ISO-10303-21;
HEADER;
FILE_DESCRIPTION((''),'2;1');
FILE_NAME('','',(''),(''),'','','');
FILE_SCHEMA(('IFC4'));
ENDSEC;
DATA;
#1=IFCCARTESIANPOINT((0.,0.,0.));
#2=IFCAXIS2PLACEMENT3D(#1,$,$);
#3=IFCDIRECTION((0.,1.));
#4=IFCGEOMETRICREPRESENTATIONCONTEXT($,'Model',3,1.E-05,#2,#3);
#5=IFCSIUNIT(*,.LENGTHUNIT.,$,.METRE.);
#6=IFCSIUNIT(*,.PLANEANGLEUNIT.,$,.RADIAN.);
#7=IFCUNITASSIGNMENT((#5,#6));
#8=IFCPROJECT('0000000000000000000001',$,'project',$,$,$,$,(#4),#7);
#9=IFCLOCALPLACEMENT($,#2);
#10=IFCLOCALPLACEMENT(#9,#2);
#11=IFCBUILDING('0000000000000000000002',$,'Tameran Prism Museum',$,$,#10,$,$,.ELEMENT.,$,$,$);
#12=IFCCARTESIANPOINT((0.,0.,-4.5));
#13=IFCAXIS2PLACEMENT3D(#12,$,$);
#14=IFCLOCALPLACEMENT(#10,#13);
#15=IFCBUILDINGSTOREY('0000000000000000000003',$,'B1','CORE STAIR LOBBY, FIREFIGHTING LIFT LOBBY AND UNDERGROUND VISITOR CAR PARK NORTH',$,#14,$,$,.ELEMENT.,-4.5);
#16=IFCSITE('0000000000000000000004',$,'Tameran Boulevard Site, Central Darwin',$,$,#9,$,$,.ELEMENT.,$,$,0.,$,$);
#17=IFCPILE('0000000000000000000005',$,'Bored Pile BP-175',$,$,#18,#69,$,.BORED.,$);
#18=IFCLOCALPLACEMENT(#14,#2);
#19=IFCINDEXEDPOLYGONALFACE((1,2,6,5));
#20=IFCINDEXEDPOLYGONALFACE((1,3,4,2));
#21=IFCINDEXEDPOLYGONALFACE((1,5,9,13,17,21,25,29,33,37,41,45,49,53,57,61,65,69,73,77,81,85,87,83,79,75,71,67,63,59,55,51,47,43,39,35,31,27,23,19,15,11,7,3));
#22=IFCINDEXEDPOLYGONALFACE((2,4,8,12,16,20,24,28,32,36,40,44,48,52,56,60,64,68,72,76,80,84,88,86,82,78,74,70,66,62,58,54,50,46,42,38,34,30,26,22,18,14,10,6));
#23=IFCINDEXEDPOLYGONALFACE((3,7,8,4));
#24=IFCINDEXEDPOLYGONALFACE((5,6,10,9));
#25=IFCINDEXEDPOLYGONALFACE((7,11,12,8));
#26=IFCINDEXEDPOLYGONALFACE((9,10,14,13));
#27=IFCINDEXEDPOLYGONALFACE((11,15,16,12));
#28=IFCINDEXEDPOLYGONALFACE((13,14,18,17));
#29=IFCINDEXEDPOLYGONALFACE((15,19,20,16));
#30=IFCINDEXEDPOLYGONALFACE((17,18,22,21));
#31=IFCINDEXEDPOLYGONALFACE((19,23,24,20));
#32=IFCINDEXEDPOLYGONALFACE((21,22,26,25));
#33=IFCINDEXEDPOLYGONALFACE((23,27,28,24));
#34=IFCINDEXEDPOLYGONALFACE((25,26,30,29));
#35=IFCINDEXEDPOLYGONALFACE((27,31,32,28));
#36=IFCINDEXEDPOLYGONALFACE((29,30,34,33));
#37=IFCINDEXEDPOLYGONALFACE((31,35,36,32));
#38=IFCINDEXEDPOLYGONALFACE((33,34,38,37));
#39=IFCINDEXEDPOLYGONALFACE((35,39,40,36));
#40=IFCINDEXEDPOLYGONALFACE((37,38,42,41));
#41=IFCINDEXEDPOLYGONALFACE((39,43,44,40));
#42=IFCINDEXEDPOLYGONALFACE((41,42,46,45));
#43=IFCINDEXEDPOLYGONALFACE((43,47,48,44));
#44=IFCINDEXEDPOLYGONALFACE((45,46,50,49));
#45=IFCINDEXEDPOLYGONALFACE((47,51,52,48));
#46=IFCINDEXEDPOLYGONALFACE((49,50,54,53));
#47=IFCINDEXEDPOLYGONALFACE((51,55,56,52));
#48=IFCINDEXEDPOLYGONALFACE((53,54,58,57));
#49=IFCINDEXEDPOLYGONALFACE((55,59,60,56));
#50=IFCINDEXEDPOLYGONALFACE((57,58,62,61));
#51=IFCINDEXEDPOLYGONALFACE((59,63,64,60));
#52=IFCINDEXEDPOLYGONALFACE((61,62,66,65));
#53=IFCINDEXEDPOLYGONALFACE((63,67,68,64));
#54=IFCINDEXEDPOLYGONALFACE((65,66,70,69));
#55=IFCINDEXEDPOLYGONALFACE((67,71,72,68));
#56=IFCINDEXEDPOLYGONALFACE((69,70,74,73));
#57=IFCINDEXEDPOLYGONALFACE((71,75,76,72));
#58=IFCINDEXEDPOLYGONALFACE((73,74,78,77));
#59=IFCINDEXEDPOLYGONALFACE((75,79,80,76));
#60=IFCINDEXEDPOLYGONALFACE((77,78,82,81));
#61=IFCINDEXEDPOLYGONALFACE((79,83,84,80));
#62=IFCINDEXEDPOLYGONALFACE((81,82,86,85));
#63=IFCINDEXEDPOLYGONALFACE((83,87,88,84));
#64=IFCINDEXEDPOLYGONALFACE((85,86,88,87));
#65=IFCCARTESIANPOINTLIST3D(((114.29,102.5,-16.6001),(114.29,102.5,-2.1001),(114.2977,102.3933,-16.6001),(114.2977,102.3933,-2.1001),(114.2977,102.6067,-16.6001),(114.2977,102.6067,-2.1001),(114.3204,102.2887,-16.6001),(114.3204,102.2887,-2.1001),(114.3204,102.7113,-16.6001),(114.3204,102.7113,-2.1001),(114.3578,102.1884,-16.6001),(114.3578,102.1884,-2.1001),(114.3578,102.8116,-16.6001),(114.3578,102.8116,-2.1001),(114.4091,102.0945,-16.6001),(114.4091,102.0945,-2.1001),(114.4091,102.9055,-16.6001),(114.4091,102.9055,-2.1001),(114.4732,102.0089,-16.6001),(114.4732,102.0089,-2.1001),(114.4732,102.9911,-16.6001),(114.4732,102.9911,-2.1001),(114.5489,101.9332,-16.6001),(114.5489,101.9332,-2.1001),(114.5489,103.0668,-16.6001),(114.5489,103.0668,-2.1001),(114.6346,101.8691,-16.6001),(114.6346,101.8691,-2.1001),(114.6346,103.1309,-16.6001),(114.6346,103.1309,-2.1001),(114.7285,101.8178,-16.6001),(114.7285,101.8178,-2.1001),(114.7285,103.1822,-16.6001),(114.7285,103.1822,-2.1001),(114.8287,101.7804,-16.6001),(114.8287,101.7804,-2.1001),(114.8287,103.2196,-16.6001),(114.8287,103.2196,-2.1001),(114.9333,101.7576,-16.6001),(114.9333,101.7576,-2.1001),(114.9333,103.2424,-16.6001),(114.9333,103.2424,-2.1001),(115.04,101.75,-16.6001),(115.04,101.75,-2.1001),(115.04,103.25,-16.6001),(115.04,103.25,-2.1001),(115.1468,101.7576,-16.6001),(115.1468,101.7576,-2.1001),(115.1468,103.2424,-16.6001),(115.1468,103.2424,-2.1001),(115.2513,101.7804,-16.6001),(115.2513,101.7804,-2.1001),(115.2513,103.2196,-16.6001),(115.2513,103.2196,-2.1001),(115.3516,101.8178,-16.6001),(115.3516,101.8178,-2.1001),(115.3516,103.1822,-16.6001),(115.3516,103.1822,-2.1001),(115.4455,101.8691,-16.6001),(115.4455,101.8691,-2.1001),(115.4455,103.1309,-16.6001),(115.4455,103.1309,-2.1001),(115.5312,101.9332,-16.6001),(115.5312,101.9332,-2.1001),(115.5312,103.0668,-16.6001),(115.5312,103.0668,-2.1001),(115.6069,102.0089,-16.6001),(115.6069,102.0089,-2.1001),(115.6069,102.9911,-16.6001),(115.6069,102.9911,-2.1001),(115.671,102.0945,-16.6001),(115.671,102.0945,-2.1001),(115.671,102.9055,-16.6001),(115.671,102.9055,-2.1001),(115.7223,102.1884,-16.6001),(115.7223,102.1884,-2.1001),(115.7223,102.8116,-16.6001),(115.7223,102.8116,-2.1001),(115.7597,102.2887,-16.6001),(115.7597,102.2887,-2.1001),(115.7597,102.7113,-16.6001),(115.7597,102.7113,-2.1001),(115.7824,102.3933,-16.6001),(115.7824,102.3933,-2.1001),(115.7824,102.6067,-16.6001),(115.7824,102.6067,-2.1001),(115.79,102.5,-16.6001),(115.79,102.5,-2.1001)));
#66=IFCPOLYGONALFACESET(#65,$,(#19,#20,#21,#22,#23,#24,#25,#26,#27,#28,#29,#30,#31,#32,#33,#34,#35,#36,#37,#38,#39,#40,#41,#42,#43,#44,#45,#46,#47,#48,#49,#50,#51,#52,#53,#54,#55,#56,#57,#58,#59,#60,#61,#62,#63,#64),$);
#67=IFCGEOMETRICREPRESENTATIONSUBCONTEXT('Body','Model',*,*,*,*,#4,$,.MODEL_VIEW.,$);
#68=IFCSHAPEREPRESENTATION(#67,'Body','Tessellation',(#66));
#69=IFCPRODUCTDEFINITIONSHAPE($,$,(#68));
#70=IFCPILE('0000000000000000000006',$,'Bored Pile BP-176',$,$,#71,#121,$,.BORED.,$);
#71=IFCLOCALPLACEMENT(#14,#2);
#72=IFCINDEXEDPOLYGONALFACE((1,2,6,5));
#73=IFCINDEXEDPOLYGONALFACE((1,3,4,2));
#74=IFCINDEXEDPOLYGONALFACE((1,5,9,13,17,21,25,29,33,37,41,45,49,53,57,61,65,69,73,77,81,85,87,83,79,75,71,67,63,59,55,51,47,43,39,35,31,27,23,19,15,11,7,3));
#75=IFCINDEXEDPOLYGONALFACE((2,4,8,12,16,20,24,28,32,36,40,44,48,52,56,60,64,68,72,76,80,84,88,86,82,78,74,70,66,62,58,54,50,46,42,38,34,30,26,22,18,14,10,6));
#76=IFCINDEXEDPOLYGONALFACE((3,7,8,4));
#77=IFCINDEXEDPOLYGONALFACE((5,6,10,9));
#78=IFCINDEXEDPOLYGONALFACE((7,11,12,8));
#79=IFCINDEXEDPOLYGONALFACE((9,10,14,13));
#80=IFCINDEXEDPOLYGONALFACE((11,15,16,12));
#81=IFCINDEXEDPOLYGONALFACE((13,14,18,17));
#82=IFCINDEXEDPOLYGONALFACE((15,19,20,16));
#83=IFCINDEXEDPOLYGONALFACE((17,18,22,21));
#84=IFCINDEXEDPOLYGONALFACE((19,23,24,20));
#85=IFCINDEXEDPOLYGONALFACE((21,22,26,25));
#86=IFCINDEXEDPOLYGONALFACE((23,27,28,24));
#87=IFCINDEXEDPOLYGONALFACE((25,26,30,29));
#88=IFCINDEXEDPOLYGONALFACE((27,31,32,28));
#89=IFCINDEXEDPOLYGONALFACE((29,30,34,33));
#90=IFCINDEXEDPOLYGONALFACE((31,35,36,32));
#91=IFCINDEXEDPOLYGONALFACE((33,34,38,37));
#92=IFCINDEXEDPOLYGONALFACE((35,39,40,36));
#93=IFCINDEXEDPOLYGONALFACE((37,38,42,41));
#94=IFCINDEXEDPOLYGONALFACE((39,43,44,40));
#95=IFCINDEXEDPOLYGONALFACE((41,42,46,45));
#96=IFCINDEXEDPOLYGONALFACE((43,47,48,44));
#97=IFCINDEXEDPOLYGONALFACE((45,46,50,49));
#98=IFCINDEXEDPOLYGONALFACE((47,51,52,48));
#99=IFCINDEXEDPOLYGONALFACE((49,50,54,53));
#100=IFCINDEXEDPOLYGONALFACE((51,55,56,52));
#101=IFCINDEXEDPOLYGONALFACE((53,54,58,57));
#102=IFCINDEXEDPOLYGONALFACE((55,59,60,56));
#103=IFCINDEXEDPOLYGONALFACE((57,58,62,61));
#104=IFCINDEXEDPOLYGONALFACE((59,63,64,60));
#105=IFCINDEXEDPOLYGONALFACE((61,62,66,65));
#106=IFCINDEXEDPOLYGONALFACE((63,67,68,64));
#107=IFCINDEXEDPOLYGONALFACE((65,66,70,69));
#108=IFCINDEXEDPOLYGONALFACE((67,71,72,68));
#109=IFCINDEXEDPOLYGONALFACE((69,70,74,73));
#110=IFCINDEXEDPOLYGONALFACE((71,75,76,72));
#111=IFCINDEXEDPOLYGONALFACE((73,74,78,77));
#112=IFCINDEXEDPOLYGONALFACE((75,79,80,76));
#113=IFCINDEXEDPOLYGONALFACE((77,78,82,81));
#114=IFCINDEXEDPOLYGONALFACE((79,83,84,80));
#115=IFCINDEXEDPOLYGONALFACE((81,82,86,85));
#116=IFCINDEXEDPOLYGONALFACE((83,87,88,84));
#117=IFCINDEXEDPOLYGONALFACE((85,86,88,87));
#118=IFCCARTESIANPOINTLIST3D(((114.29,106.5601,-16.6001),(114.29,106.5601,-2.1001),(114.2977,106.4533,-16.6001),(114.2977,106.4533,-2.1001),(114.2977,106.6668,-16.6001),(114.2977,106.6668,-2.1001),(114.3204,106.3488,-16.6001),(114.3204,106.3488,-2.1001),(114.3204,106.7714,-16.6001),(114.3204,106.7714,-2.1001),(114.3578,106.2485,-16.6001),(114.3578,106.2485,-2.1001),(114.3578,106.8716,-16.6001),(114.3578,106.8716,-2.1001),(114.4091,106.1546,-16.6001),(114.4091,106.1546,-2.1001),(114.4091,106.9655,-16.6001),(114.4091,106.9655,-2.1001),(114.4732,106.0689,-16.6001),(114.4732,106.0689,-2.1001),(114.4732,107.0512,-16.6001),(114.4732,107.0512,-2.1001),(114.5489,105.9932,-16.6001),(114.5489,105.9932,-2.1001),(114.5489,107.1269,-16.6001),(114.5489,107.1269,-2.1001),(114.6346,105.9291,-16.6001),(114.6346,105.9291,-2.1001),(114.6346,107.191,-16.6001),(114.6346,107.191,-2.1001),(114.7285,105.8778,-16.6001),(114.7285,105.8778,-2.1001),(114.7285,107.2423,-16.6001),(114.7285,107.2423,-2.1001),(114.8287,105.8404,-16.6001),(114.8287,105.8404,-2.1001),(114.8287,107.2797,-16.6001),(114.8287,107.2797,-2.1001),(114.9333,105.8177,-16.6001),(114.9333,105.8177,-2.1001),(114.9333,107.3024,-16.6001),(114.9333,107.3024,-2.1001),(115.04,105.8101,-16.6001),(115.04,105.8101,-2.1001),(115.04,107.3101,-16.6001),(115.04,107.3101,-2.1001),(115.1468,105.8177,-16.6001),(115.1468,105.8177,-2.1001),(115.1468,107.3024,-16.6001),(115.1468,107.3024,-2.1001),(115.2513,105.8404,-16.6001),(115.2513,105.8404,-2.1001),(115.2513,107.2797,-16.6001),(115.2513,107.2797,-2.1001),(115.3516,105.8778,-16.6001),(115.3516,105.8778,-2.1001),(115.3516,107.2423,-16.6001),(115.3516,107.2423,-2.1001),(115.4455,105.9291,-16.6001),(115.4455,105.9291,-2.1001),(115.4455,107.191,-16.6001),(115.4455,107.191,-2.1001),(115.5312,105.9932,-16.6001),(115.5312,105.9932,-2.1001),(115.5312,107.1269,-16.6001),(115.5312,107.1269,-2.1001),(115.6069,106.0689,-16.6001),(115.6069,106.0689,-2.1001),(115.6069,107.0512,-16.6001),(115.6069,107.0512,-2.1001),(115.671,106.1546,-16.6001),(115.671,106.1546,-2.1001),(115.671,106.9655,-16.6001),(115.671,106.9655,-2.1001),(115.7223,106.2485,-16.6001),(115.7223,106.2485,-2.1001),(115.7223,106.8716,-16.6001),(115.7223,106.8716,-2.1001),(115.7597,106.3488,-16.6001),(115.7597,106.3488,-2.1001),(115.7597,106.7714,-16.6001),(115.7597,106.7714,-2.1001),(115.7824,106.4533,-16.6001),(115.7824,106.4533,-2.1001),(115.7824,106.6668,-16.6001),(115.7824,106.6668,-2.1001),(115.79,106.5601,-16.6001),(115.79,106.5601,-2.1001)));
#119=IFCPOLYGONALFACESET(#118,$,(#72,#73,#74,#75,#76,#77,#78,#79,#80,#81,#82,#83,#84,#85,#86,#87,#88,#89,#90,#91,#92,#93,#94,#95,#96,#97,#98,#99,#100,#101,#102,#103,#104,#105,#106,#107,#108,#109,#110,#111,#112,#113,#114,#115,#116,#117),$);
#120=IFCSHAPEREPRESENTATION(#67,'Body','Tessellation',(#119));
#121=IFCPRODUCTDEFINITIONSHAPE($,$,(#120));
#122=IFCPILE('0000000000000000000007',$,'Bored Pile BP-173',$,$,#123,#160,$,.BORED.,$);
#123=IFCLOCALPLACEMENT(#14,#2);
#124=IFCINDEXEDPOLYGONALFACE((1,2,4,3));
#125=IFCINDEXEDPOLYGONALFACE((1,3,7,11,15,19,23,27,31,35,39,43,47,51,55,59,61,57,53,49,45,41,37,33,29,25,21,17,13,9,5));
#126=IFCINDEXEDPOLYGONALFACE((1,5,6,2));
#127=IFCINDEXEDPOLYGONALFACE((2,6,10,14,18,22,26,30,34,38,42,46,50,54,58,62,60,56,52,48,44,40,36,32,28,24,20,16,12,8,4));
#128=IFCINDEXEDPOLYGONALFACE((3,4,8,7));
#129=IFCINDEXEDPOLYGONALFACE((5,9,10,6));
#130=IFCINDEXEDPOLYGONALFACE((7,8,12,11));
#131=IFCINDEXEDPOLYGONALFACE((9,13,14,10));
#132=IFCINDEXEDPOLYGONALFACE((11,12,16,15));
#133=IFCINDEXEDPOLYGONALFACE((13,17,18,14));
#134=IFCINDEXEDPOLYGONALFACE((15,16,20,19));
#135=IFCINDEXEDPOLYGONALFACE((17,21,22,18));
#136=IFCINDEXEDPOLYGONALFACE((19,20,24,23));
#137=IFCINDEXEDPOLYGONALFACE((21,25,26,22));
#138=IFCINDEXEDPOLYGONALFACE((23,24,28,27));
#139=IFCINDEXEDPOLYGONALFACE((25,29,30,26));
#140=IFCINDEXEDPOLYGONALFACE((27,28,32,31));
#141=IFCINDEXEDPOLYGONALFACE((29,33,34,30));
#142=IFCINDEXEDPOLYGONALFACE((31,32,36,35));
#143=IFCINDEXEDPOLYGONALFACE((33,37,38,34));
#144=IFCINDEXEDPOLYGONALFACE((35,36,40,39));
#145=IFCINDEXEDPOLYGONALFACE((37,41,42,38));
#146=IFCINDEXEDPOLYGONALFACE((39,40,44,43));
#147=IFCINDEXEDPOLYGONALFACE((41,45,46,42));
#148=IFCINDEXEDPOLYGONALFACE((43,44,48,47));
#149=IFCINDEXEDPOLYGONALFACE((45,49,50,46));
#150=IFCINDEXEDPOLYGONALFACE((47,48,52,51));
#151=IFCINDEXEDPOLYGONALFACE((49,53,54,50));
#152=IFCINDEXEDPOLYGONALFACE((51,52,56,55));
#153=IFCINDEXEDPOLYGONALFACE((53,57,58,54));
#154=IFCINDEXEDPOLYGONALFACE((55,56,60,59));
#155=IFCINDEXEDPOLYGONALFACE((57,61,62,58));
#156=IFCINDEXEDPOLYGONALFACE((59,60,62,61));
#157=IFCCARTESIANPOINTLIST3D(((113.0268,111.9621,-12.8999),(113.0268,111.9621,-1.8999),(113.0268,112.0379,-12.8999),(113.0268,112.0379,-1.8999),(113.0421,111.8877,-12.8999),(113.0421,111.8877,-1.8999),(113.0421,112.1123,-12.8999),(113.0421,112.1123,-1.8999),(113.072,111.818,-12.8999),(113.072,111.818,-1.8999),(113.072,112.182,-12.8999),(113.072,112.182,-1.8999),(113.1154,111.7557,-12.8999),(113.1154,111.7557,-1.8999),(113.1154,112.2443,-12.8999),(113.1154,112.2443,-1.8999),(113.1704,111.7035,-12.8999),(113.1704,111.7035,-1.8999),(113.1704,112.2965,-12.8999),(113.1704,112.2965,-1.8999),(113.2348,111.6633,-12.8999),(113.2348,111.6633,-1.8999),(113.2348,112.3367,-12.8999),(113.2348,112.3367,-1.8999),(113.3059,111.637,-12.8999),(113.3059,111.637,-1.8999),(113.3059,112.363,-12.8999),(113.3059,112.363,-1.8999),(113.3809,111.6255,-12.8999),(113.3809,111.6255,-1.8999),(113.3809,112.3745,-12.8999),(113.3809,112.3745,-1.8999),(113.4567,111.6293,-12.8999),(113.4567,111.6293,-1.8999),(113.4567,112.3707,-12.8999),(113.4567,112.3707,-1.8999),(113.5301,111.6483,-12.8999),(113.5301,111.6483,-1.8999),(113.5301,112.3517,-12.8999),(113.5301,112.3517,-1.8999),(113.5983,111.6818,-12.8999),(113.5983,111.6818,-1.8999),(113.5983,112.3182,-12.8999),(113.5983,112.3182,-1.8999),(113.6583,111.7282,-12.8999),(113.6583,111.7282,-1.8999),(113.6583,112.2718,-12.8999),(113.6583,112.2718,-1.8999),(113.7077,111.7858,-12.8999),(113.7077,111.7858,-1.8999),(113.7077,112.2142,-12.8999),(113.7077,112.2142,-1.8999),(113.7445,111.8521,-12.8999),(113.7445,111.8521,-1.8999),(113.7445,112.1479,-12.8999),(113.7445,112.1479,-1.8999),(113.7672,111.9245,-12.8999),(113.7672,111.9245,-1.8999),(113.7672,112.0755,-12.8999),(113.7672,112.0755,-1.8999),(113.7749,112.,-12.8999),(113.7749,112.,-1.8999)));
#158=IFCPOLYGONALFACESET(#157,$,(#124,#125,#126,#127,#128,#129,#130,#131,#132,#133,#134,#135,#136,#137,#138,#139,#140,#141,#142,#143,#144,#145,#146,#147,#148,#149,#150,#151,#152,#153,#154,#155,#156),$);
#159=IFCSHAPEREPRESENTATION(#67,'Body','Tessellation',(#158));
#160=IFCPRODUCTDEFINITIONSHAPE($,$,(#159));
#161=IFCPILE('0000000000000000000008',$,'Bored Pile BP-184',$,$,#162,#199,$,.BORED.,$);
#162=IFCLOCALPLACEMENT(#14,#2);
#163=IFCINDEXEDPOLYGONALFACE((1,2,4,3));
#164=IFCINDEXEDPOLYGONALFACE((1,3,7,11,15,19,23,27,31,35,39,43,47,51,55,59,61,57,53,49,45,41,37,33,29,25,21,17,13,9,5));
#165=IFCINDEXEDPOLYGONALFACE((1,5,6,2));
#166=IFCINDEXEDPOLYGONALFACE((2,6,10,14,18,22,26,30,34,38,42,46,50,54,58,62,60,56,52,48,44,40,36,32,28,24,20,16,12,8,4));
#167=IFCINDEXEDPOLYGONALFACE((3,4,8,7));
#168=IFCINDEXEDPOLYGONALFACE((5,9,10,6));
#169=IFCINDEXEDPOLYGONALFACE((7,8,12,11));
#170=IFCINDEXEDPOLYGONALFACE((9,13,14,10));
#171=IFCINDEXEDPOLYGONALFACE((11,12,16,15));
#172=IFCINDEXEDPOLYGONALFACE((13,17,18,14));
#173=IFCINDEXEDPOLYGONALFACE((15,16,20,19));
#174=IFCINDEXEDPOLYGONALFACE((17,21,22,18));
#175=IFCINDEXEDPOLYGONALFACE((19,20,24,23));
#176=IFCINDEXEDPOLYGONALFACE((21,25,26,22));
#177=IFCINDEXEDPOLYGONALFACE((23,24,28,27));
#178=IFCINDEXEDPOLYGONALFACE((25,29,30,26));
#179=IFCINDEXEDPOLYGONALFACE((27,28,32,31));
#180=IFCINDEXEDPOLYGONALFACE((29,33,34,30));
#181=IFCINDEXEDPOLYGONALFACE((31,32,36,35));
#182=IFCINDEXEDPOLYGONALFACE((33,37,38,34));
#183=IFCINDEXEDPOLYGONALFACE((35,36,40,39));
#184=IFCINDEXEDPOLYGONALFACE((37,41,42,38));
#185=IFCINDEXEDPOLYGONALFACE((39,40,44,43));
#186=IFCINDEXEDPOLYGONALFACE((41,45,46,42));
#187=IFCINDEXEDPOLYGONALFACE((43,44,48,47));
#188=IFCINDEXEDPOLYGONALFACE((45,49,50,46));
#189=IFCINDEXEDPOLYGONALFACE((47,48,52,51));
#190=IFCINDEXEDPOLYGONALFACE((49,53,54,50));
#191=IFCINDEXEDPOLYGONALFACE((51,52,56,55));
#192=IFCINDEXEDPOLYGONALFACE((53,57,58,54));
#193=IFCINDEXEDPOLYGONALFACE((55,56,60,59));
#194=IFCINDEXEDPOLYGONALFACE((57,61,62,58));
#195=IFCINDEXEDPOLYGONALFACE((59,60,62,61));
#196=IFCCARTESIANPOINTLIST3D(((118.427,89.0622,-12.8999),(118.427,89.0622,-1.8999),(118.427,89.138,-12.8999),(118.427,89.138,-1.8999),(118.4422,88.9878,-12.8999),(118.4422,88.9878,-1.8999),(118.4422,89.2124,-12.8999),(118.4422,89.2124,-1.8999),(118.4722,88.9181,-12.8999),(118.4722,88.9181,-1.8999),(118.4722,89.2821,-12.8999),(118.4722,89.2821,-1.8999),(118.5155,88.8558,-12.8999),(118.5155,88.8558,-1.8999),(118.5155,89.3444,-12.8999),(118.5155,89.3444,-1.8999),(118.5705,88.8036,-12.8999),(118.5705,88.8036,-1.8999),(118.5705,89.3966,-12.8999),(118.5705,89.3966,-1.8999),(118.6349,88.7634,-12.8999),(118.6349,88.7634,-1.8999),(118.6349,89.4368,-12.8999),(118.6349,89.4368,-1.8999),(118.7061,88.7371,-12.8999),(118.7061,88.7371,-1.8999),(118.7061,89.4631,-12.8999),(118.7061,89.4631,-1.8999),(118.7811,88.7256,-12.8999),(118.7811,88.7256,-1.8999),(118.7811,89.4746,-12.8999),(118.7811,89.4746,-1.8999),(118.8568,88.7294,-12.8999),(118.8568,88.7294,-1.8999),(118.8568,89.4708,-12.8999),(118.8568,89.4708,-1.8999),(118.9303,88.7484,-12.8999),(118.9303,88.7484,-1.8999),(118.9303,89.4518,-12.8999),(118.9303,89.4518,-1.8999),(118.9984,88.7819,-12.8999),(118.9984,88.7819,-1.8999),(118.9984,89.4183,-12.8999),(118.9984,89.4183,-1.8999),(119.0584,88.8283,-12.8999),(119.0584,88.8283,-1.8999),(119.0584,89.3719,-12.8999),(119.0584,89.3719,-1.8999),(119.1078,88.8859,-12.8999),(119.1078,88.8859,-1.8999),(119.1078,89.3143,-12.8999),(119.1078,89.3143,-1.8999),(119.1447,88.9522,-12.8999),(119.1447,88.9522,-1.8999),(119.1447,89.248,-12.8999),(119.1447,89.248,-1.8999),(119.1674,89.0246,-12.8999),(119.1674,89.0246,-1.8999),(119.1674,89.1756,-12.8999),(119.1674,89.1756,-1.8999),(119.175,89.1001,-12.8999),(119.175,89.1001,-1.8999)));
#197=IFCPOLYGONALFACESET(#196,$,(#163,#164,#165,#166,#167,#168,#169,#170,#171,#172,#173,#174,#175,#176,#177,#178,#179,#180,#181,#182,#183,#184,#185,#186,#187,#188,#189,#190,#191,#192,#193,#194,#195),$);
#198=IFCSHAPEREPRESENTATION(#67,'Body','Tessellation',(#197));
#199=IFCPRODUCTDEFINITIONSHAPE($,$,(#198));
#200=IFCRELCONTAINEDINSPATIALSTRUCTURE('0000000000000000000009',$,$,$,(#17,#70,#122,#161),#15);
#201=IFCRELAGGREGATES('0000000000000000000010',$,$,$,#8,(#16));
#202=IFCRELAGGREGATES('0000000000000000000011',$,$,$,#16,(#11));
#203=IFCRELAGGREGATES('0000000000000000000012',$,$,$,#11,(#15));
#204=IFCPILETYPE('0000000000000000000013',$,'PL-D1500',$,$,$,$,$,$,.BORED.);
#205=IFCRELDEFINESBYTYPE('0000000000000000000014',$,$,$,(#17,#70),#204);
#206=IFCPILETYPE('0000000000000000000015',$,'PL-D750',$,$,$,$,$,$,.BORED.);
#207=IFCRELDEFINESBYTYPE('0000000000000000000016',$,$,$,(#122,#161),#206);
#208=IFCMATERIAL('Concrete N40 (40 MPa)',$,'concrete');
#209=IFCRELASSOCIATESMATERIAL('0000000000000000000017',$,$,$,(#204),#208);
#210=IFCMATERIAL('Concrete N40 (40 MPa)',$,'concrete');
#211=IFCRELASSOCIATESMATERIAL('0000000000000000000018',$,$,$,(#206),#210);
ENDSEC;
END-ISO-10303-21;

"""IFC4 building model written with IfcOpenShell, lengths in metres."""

from ifc_helpers import new_model, si_unit, direction, frame, origin, origin_2d, place, context, subcontext, project, spatial, circle, extrude, material, material_profile, profile_set, type_object, element, save


model = new_model("IFC4")

# Units and contexts
model_context = context("Model", 3, precision=1e-05, world=origin(), true_north=direction((0.0, 1.0)))
body_context = subcontext(model_context, "Body", "Model", "MODEL_VIEW")
ifc_project = project(units=[si_unit("LENGTHUNIT", "METRE"), si_unit("PLANEANGLEUNIT", "RADIAN")], contexts=[model_context])

# Site, building, storey
site_placement = place(None, origin())
site = spatial("IfcSite", under=ifc_project, at=site_placement, Name="Tameran Boulevard Site, Central Darwin", CompositionType="ELEMENT", RefElevation=0.0)
building_placement = place(site_placement, origin())
building = spatial("IfcBuilding", under=site, at=building_placement, Name="Tameran Prism Museum", CompositionType="ELEMENT")
storey_placement = place(building_placement, frame((0.0, 0.0, -4.5)))
storey = spatial("IfcBuildingStorey", under=building, at=storey_placement, Name="B1", Description="CORE STAIR LOBBY, FIREFIGHTING LIFT LOBBY AND UNDERGROUND VISITOR CAR PARK NORTH", CompositionType="ELEMENT", Elevation=-4.5)

# Piles
ifc_material_1 = material(Name="Concrete N40 (40 MPa)", Category="concrete")
ifc_material_profile_1 = material_profile(ifc_material_1, circle(Radius=0.75, at=origin_2d()))
ifc_profile_set_1 = profile_set([ifc_material_profile_1])
pile_type_1 = type_object("IfcPileType", Name="PL-D1500", PredefinedType="BORED", material=ifc_profile_set_1)
for number, where, z_axis, x_axis, name in (
    (1, (115.04, 102.5, -2.1001), (0.0, 0.0, -1.0), (1.0, 0.0, 0.0), "Bored Pile BP-175"),
    (2, (115.04, 106.5601, -2.1001), (0.0, 0.0, -1.0), (1.0, 0.0, 0.0), "Bored Pile BP-176"),
):
    element("IfcPile", number, at=place(storey_placement, frame(where, z_axis=z_axis, x_axis=x_axis)), inside=storey, type_object=pile_type_1, Name=name, PredefinedType="BORED", context=body_context, shape_type="SweptSolid", body=[
        extrude(circle(Radius=0.75, at=origin_2d()), origin(), (0.0, 0.0, 1.0), 14.5),
    ])
ifc_material_2 = material(Name="Concrete N40 (40 MPa)", Category="concrete")
ifc_material_profile_2 = material_profile(ifc_material_2, circle(Radius=0.375, at=origin_2d()))
ifc_profile_set_2 = profile_set([ifc_material_profile_2])
pile_type_2 = type_object("IfcPileType", Name="PL-D750", PredefinedType="BORED", material=ifc_profile_set_2)
for number, where, z_axis, x_axis, name in (
    (3, (113.3999, 112.0, -1.8999), (0.0, 0.0, -1.0), (1.0, 0.0, 0.0), "Bored Pile BP-173"),
    (4, (118.8, 89.1001, -1.8999), (0.0, 0.0, -1.0), (1.0, 0.0, 0.0), "Bored Pile BP-184"),
):
    element("IfcPile", number, at=place(storey_placement, frame(where, z_axis=z_axis, x_axis=x_axis)), inside=storey, type_object=pile_type_2, Name=name, PredefinedType="BORED", context=body_context, shape_type="SweptSolid", body=[
        extrude(circle(Radius=0.375, at=origin_2d()), origin(), (0.0, 0.0, 1.0), 11.0),
    ])

save(model, "model.ifc")
